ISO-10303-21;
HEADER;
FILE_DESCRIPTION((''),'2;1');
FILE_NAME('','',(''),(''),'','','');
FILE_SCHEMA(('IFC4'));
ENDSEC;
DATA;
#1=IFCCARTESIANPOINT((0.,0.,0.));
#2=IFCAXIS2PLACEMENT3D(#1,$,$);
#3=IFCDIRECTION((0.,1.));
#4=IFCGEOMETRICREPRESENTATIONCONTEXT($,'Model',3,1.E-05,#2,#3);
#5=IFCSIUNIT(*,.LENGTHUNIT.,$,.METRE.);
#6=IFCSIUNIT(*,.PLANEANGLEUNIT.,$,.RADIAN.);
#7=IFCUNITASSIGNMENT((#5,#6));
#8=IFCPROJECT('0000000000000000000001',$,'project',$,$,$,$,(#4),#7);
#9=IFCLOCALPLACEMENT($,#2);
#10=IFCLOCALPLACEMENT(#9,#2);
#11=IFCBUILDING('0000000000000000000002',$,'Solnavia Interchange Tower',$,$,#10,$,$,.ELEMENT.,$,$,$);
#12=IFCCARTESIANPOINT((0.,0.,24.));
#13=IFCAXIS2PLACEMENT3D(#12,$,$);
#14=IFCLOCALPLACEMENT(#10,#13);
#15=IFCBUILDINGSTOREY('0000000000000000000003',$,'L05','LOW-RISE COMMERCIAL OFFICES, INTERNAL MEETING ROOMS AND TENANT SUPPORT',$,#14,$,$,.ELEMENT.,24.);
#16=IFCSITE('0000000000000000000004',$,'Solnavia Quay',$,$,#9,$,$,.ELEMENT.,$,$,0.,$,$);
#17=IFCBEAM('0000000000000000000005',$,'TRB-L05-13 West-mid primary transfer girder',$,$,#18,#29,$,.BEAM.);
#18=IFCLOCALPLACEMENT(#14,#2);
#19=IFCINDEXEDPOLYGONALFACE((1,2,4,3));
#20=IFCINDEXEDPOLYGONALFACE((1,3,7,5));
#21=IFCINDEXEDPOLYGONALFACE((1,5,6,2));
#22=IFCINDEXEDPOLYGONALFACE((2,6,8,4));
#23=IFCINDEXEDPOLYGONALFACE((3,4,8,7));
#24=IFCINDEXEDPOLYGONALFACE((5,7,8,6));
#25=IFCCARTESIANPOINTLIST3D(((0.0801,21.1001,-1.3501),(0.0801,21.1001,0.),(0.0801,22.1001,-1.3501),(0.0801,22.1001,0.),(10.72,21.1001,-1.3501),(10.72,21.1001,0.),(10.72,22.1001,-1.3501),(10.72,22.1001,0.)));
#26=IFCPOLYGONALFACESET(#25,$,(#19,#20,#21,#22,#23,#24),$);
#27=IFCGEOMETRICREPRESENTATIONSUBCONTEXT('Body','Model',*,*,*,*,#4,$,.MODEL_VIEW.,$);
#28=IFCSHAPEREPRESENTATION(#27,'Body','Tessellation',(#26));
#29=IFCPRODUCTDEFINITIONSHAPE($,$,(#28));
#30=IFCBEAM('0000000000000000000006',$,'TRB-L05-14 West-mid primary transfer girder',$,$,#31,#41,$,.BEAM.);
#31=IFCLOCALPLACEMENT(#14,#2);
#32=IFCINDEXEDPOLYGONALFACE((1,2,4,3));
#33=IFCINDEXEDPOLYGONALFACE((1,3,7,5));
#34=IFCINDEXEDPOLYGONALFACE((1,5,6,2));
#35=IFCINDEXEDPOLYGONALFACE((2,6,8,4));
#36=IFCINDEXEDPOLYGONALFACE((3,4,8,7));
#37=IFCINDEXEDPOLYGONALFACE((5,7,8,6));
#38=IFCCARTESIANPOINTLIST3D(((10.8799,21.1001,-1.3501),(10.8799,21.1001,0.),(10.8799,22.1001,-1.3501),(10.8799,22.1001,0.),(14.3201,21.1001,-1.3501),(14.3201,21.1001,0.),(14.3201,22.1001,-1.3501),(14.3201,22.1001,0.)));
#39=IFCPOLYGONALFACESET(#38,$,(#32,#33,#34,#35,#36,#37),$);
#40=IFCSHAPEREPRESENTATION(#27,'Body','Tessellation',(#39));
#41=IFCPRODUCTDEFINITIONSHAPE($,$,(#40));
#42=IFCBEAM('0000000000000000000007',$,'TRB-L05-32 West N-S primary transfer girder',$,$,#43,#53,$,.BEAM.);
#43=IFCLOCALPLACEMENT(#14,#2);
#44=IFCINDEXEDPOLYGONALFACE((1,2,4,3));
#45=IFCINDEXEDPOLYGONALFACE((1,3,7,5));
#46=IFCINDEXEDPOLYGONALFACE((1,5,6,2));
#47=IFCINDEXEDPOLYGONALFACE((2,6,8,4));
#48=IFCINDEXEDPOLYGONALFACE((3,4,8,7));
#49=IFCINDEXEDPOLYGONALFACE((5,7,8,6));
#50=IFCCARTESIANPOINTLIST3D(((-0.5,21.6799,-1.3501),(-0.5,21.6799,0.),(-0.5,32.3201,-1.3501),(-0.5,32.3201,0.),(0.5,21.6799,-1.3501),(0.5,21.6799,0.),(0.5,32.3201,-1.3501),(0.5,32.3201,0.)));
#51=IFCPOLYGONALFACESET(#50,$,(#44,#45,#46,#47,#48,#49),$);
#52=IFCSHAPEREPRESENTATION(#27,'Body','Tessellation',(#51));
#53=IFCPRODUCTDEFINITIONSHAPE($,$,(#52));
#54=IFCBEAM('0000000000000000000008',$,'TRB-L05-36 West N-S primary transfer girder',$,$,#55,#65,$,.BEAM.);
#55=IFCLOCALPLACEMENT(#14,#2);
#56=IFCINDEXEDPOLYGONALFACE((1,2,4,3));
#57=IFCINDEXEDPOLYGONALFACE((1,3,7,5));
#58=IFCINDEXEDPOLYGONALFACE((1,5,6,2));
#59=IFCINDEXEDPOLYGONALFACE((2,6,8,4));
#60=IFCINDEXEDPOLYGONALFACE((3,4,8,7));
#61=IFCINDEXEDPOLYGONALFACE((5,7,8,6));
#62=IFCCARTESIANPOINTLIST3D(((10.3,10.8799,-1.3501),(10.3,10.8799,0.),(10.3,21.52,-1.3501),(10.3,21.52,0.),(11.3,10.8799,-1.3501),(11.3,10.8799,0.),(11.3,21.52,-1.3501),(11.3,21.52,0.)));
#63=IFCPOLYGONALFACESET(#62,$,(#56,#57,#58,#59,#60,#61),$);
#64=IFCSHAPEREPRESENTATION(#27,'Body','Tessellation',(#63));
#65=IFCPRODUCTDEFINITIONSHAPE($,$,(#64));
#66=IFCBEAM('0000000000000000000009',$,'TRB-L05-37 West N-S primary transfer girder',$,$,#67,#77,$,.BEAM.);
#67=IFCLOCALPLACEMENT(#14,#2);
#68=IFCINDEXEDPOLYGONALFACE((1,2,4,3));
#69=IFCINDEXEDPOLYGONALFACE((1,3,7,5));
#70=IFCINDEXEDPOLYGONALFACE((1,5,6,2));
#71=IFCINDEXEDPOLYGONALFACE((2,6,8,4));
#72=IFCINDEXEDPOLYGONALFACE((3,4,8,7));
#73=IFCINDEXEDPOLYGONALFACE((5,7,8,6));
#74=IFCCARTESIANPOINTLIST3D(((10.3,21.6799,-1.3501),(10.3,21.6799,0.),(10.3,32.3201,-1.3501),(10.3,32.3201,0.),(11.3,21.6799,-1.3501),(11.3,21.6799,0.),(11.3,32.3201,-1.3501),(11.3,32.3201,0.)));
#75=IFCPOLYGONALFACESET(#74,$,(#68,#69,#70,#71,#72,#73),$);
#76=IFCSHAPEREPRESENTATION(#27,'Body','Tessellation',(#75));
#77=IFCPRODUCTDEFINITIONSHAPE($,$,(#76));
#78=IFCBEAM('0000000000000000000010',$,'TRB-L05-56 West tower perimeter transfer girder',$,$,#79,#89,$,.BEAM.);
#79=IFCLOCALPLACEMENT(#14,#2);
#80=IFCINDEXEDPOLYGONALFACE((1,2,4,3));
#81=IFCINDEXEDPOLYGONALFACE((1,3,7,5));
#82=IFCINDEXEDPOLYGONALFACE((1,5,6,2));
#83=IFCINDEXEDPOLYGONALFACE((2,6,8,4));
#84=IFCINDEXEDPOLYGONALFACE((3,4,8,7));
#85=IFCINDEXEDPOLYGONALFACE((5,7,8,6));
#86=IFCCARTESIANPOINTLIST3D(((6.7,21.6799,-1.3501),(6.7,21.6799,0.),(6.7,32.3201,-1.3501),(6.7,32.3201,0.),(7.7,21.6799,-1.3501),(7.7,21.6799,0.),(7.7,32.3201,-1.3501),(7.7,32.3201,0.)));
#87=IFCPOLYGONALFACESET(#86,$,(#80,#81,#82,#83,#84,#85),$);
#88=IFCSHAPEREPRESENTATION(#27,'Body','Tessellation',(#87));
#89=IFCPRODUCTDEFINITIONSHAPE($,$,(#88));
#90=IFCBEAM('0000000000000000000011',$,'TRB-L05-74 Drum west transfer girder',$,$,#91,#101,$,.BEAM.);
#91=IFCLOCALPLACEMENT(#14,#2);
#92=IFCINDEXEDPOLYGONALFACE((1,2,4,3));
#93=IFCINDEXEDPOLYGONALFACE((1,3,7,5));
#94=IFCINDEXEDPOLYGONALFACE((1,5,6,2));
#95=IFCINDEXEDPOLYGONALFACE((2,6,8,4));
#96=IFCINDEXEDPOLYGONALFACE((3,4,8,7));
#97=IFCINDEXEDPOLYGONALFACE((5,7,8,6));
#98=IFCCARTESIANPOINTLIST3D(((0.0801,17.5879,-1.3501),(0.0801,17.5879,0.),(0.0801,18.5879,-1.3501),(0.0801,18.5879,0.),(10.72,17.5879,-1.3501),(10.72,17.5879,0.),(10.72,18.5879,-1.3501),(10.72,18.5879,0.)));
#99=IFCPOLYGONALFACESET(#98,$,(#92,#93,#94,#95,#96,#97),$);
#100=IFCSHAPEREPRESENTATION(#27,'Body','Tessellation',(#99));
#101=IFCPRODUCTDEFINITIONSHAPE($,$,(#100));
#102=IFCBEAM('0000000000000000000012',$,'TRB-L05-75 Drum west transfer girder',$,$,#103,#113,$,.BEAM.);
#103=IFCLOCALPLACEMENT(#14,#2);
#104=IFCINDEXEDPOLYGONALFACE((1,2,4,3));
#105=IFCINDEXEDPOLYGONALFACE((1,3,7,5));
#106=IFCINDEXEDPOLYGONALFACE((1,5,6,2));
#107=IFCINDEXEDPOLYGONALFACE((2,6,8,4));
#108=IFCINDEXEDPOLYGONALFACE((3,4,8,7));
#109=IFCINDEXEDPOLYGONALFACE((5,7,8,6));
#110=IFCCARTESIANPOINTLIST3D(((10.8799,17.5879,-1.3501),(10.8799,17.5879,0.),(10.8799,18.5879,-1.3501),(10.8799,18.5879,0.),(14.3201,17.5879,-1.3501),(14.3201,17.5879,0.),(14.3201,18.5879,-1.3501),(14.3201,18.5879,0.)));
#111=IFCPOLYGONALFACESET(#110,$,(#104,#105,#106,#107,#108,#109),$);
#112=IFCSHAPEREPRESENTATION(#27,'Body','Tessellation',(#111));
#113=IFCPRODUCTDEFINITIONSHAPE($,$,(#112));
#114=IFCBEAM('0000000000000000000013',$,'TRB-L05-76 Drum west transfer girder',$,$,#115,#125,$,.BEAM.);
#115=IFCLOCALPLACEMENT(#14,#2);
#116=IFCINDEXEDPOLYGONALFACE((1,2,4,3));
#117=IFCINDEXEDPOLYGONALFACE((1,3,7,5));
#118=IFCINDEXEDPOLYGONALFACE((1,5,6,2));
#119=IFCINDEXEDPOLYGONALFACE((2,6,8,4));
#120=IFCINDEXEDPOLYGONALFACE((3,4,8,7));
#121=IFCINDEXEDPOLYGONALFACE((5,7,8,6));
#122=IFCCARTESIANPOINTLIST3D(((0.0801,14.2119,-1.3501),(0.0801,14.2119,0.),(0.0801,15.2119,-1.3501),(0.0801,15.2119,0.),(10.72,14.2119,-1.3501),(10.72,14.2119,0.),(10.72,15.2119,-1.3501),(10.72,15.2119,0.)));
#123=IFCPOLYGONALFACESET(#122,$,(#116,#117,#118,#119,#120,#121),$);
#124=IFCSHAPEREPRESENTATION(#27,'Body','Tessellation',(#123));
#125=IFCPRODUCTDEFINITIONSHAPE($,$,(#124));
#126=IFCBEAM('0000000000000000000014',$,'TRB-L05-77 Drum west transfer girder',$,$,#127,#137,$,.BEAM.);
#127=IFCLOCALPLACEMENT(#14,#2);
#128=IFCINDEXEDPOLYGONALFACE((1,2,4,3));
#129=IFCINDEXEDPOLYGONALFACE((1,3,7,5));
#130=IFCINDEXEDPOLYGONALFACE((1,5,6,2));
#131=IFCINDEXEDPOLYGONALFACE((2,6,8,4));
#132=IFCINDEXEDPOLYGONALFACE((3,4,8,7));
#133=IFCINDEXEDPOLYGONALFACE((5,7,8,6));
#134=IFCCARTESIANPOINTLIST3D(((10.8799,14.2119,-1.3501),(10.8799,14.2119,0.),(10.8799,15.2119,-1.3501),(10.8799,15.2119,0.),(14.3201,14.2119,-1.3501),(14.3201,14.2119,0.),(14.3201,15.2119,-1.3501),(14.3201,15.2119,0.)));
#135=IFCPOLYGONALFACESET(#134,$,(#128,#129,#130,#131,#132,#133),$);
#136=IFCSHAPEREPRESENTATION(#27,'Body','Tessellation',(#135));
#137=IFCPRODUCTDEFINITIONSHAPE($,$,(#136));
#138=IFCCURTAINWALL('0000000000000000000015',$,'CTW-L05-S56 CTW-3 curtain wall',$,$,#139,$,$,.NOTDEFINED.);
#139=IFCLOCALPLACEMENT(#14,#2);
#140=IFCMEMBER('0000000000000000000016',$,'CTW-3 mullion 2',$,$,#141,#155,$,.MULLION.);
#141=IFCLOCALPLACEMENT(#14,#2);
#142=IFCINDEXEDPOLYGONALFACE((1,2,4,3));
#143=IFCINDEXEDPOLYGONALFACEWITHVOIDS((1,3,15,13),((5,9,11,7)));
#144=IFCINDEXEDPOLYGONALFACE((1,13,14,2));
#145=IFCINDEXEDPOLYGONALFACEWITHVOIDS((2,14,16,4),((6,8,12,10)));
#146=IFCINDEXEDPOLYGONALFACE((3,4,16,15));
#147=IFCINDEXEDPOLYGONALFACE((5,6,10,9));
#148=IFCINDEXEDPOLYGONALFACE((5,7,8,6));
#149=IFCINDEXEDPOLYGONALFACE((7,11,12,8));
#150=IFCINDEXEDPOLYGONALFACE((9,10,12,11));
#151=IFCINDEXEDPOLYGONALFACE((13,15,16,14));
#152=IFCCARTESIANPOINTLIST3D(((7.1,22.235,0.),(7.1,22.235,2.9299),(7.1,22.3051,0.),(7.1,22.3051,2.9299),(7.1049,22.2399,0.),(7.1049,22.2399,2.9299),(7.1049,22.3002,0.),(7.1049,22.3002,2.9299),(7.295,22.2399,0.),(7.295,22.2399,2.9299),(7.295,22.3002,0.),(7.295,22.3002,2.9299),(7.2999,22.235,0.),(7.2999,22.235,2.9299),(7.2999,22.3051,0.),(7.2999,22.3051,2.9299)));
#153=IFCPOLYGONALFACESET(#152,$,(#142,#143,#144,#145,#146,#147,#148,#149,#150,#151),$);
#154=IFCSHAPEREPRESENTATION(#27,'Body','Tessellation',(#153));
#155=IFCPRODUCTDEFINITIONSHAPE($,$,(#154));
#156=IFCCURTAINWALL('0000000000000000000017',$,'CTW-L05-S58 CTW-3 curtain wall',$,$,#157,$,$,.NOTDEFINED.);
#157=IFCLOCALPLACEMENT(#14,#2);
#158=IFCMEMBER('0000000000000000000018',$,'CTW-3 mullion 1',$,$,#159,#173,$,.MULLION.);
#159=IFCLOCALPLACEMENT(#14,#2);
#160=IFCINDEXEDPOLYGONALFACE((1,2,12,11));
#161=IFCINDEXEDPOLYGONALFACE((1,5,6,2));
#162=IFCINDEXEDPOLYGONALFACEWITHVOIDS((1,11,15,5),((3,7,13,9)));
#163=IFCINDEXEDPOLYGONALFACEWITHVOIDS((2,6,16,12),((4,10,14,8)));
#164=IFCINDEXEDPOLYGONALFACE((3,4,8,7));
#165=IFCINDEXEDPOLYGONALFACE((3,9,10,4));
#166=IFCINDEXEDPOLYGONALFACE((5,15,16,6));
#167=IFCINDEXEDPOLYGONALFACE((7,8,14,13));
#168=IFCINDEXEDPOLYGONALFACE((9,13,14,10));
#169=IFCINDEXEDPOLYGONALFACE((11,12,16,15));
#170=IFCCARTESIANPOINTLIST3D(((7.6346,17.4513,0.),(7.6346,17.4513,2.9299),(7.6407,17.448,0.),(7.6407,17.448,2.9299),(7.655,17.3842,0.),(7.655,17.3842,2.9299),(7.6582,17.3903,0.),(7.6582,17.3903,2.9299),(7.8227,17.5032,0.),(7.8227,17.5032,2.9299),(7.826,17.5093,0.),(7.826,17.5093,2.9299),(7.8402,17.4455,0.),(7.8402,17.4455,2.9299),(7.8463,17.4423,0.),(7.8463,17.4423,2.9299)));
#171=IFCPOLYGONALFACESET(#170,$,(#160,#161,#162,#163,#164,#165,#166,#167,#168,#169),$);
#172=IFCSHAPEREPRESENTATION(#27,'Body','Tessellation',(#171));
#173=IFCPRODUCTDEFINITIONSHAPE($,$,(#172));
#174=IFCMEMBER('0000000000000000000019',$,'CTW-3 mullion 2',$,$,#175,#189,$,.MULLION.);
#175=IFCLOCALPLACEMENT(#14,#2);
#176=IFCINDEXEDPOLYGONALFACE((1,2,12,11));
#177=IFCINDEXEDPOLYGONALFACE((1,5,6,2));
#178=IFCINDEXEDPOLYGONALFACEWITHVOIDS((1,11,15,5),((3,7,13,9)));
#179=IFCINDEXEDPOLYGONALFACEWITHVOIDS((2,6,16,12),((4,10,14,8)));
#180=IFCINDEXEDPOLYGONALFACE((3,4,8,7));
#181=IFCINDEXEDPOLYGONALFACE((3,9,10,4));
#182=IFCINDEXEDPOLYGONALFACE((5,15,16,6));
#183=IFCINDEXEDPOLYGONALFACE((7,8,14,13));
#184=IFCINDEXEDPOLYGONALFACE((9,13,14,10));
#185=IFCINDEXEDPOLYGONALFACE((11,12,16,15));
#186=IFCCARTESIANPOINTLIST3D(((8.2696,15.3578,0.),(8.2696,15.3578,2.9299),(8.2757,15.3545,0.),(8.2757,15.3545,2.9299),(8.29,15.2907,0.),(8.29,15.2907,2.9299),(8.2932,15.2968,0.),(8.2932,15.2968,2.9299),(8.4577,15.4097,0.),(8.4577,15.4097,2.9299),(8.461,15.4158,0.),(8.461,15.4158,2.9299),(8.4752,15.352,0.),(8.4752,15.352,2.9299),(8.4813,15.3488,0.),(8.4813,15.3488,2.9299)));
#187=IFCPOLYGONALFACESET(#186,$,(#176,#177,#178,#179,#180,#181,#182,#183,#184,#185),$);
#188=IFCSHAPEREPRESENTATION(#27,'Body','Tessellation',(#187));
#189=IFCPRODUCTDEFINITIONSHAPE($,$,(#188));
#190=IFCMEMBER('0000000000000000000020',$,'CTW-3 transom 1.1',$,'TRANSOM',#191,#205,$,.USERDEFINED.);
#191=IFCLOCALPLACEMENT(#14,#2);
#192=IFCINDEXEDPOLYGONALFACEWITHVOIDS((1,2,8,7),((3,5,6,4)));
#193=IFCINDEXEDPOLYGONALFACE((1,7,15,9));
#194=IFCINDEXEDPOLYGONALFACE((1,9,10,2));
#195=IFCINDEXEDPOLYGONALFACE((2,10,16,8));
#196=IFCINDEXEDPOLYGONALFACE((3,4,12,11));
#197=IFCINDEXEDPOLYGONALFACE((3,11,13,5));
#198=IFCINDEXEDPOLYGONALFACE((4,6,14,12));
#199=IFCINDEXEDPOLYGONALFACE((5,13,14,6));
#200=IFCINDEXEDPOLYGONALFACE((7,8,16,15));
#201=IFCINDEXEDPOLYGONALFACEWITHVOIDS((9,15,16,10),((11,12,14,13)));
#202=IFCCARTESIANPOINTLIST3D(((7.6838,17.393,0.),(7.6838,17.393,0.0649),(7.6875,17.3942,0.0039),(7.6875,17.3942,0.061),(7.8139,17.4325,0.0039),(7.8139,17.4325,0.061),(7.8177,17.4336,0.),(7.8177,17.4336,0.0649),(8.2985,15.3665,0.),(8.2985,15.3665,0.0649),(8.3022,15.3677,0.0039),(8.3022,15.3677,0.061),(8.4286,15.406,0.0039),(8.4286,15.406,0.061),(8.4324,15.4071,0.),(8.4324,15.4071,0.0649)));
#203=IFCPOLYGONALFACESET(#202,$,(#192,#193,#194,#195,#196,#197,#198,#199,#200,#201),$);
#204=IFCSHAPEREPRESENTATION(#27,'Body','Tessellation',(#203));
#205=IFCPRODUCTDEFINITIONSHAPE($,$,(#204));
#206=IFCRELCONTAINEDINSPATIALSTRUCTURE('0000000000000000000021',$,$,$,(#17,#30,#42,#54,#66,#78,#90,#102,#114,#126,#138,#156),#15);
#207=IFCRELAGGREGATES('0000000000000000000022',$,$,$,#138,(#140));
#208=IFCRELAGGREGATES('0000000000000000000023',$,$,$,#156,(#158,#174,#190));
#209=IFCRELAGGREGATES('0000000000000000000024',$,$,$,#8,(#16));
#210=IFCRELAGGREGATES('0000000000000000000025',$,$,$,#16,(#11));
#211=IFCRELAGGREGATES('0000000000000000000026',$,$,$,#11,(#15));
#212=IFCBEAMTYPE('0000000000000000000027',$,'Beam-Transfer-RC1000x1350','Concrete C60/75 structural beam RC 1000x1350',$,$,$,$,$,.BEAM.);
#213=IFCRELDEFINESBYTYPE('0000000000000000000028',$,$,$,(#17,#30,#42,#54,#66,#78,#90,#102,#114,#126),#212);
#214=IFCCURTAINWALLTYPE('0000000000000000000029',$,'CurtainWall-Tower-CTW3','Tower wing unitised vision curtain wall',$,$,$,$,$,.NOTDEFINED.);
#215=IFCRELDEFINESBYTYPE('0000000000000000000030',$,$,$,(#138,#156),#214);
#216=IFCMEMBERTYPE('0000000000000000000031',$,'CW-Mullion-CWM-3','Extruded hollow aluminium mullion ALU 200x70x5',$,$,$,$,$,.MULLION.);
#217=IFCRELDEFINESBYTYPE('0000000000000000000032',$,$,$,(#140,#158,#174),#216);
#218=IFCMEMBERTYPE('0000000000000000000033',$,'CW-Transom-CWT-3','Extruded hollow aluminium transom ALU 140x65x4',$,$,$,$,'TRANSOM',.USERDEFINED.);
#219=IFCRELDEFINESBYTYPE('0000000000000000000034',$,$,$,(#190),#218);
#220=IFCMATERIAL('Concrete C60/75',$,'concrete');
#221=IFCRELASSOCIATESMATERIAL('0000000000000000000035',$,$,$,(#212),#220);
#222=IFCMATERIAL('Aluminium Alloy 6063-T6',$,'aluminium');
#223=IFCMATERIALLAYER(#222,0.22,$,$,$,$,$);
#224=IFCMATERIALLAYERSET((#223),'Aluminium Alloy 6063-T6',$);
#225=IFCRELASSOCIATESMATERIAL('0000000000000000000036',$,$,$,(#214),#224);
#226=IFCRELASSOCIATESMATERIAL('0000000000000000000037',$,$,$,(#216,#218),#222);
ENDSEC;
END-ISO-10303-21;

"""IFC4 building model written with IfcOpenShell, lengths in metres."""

from ifc_helpers import new_model, si_unit, direction, frame, origin, origin_2d, place, context, subcontext, project, spatial, rectangle, hollow_rectangle, extrude, material, layer, layer_set, material_profile, profile_set, type_object, element, aggregate, save


model = new_model("IFC4")

# Units and contexts
model_context = context("Model", 3, precision=1e-05, world=origin(), true_north=direction((0.0, 1.0)))
body_context = subcontext(model_context, "Body", "Model", "MODEL_VIEW")
ifc_project = project(units=[si_unit("LENGTHUNIT", "METRE"), si_unit("PLANEANGLEUNIT", "RADIAN")], contexts=[model_context])

# Site, building, storey
site_placement = place(None, origin())
site = spatial("IfcSite", under=ifc_project, at=site_placement, Name="Solnavia Quay", CompositionType="ELEMENT", RefElevation=0.0)
building_placement = place(site_placement, origin())
building = spatial("IfcBuilding", under=site, at=building_placement, Name="Solnavia Interchange Tower", CompositionType="ELEMENT")
storey_placement = place(building_placement, frame((0.0, 0.0, 24.0)))
storey = spatial("IfcBuildingStorey", under=building, at=storey_placement, Name="L05", Description="LOW-RISE COMMERCIAL OFFICES, INTERNAL MEETING ROOMS AND TENANT SUPPORT", CompositionType="ELEMENT", Elevation=24.0)

# Shared definitions
ifc_material_1 = material(Name="Concrete C60/75", Category="concrete")

# Beams
ifc_material_profile_1 = material_profile(ifc_material_1, rectangle(XDim=1.0, YDim=1.3501, at=origin_2d()), Name="RC 1000x1350")
ifc_profile_set_1 = profile_set([ifc_material_profile_1], Name="Concrete C60/75")
beam_type_1 = type_object("IfcBeamType", Name="Beam-Transfer-RC1000x1350", Description="Concrete C60/75 structural beam RC 1000x1350", PredefinedType="BEAM", material=ifc_profile_set_1)
beam_1_placement = place(storey_placement, frame((0.0801, 21.6001, -0.675), z_axis=(1.0, 0.0, 0.0), x_axis=(0.0, 1.0, 0.0)))
element("IfcBeam", 1, at=beam_1_placement, inside=storey, type_object=beam_type_1, Name="TRB-L05-13 West-mid primary transfer girder", PredefinedType="BEAM", context=body_context, shape_type="SweptSolid", body=[
    extrude(rectangle(XDim=1.0, YDim=1.3501, at=origin_2d()), origin(), (0.0, 0.0, 1.0), 10.6399),
])
beam_2_placement = place(storey_placement, frame((10.8799, 21.6001, -0.675), z_axis=(1.0, 0.0, 0.0), x_axis=(0.0, 1.0, 0.0)))
element("IfcBeam", 2, at=beam_2_placement, inside=storey, type_object=beam_type_1, Name="TRB-L05-14 West-mid primary transfer girder", PredefinedType="BEAM", context=body_context, shape_type="SweptSolid", body=[
    extrude(rectangle(XDim=1.0, YDim=1.3501, at=origin_2d()), origin(), (0.0, 0.0, 1.0), 3.4402),
])
for number, where, z_axis, x_axis, name in (
    (3, (0.0, 21.6799, -0.675), (0.0, 1.0, 0.0), (-1.0, 0.0, 0.0), "TRB-L05-32 West N-S primary transfer girder"),
    (4, (10.8, 10.8799, -0.675), (0.0, 1.0, 0.0), (-1.0, 0.0, 0.0), "TRB-L05-36 West N-S primary transfer girder"),
    (5, (10.8, 21.6799, -0.675), (0.0, 1.0, 0.0), (-1.0, 0.0, 0.0), "TRB-L05-37 West N-S primary transfer girder"),
    (6, (7.2, 21.6799, -0.675), (0.0, 1.0, 0.0), (-1.0, 0.0, 0.0), "TRB-L05-56 West tower perimeter transfer girder"),
):
    element("IfcBeam", number, at=place(storey_placement, frame(where, z_axis=z_axis, x_axis=x_axis)), inside=storey, type_object=beam_type_1, Name=name, PredefinedType="BEAM", context=body_context, shape_type="SweptSolid", body=[
        extrude(rectangle(XDim=1.0, YDim=1.3501, at=origin_2d()), origin(), (0.0, 0.0, 1.0), 10.6401),
    ])
beam_3_placement = place(storey_placement, frame((0.0801, 18.0879, -0.675), z_axis=(1.0, 0.0, 0.0), x_axis=(0.0, 1.0, 0.0)))
element("IfcBeam", 7, at=beam_3_placement, inside=storey, type_object=beam_type_1, Name="TRB-L05-74 Drum west transfer girder", PredefinedType="BEAM", context=body_context, shape_type="SweptSolid", body=[
    extrude(rectangle(XDim=1.0, YDim=1.3501, at=origin_2d()), origin(), (0.0, 0.0, 1.0), 10.6399),
])
beam_4_placement = place(storey_placement, frame((10.8799, 18.0879, -0.675), z_axis=(1.0, 0.0, 0.0), x_axis=(0.0, 1.0, 0.0)))
element("IfcBeam", 8, at=beam_4_placement, inside=storey, type_object=beam_type_1, Name="TRB-L05-75 Drum west transfer girder", PredefinedType="BEAM", context=body_context, shape_type="SweptSolid", body=[
    extrude(rectangle(XDim=1.0, YDim=1.3501, at=origin_2d()), origin(), (0.0, 0.0, 1.0), 3.4402),
])
beam_5_placement = place(storey_placement, frame((0.0801, 14.7119, -0.675), z_axis=(1.0, 0.0, 0.0), x_axis=(0.0, 1.0, 0.0)))
element("IfcBeam", 9, at=beam_5_placement, inside=storey, type_object=beam_type_1, Name="TRB-L05-76 Drum west transfer girder", PredefinedType="BEAM", context=body_context, shape_type="SweptSolid", body=[
    extrude(rectangle(XDim=1.0, YDim=1.3501, at=origin_2d()), origin(), (0.0, 0.0, 1.0), 10.6399),
])
beam_6_placement = place(storey_placement, frame((10.8799, 14.7119, -0.675), z_axis=(1.0, 0.0, 0.0), x_axis=(0.0, 1.0, 0.0)))
element("IfcBeam", 10, at=beam_6_placement, inside=storey, type_object=beam_type_1, Name="TRB-L05-77 Drum west transfer girder", PredefinedType="BEAM", context=body_context, shape_type="SweptSolid", body=[
    extrude(rectangle(XDim=1.0, YDim=1.3501, at=origin_2d()), origin(), (0.0, 0.0, 1.0), 3.4402),
])

# Curtain wall, member
ifc_material_2 = material(Name="Aluminium Alloy 6063-T6", Category="aluminium")
ifc_layer_1 = layer(ifc_material_2, 0.22)
ifc_layer_set_1 = layer_set([ifc_layer_1], Name="Aluminium Alloy 6063-T6")
curtain_wall_type = type_object("IfcCurtainWallType", Name="CurtainWall-Tower-CTW3", Description="Tower wing unitised vision curtain wall", PredefinedType="NOTDEFINED", material=ifc_layer_set_1)
curtain_wall_1_placement = place(storey_placement, origin())
curtain_wall_1 = element("IfcCurtainWall", 11, at=curtain_wall_1_placement, inside=storey, type_object=curtain_wall_type, Name="CTW-L05-S56 CTW-3 curtain wall", PredefinedType="NOTDEFINED")
ifc_material_profile_2 = material_profile(ifc_material_2, hollow_rectangle(XDim=0.0701, YDim=0.2, WallThickness=0.0049, at=origin_2d()), Name="ALU 200x70x5")
ifc_profile_set_2 = profile_set([ifc_material_profile_2], Name="Aluminium Alloy 6063-T6")
member_type_1 = type_object("IfcMemberType", Name="CW-Mullion-CWM-3", Description="Extruded hollow aluminium mullion ALU 200x70x5", PredefinedType="MULLION", material=ifc_profile_set_2)
member_1_placement = place(storey_placement, frame((7.2, 22.27, 0.0), z_axis=(0.0, 0.0, 1.0), x_axis=(0.0, -1.0, 0.0)))
member_1 = element("IfcMember", 12, at=member_1_placement, type_object=member_type_1, Name="CTW-3 mullion 2", PredefinedType="MULLION", context=body_context, shape_type="SweptSolid", body=[
    extrude(hollow_rectangle(XDim=0.0701, YDim=0.2, WallThickness=0.0049, at=origin_2d()), origin(), (0.0, 0.0, 1.0), 2.9299),
])
aggregate(curtain_wall_1, [member_1])

# Curtain wall, members
curtain_wall_2_placement = place(storey_placement, origin())
curtain_wall_2 = element("IfcCurtainWall", 13, at=curtain_wall_2_placement, inside=storey, type_object=curtain_wall_type, Name="CTW-L05-S58 CTW-3 curtain wall", PredefinedType="NOTDEFINED")
member_2_placement = place(storey_placement, frame((7.7405, 17.4468, 0.0), z_axis=(0.0, 0.0, 1.0), x_axis=(0.29028, -0.956942, 0.0)))
member_2 = element("IfcMember", 14, at=member_2_placement, type_object=member_type_1, Name="CTW-3 mullion 1", PredefinedType="MULLION", context=body_context, shape_type="SweptSolid", body=[
    extrude(hollow_rectangle(XDim=0.0701, YDim=0.2, WallThickness=0.0049, at=origin_2d()), origin(), (0.0, 0.0, 1.0), 2.9299),
])
member_3_placement = place(storey_placement, frame((8.3755, 15.3533, 0.0), z_axis=(0.0, 0.0, 1.0), x_axis=(0.29028, -0.956942, 0.0)))
member_3 = element("IfcMember", 15, at=member_3_placement, type_object=member_type_1, Name="CTW-3 mullion 2", PredefinedType="MULLION", context=body_context, shape_type="SweptSolid", body=[
    extrude(hollow_rectangle(XDim=0.0701, YDim=0.2, WallThickness=0.0049, at=origin_2d()), origin(), (0.0, 0.0, 1.0), 2.9299),
])
ifc_material_profile_3 = material_profile(ifc_material_2, hollow_rectangle(XDim=0.0649, YDim=0.1399, WallThickness=0.0039, at=origin_2d()), Name="ALU 140x65x4")
ifc_profile_set_3 = profile_set([ifc_material_profile_3], Name="Aluminium Alloy 6063-T6")
member_type_2 = type_object("IfcMemberType", Name="CW-Transom-CWT-3", Description="Extruded hollow aluminium transom ALU 140x65x4", ElementType="TRANSOM", PredefinedType="USERDEFINED", material=ifc_profile_set_3)
member_4_placement = place(storey_placement, frame((7.7507, 17.4133, 0.0325), z_axis=(0.290276, -0.956943, 0.0), x_axis=(0.0, 0.0, 1.0)))
member_4 = element("IfcMember", 16, at=member_4_placement, type_object=member_type_2, Name="CTW-3 transom 1.1", ObjectType="TRANSOM", PredefinedType="USERDEFINED", context=body_context, shape_type="SweptSolid", body=[
    extrude(hollow_rectangle(XDim=0.0649, YDim=0.1399, WallThickness=0.0039, at=origin_2d()), origin(), (0.0, 0.0, 1.0), 2.1177),
])
aggregate(curtain_wall_2, [member_2, member_3, member_4])

save(model, "model.ifc")
